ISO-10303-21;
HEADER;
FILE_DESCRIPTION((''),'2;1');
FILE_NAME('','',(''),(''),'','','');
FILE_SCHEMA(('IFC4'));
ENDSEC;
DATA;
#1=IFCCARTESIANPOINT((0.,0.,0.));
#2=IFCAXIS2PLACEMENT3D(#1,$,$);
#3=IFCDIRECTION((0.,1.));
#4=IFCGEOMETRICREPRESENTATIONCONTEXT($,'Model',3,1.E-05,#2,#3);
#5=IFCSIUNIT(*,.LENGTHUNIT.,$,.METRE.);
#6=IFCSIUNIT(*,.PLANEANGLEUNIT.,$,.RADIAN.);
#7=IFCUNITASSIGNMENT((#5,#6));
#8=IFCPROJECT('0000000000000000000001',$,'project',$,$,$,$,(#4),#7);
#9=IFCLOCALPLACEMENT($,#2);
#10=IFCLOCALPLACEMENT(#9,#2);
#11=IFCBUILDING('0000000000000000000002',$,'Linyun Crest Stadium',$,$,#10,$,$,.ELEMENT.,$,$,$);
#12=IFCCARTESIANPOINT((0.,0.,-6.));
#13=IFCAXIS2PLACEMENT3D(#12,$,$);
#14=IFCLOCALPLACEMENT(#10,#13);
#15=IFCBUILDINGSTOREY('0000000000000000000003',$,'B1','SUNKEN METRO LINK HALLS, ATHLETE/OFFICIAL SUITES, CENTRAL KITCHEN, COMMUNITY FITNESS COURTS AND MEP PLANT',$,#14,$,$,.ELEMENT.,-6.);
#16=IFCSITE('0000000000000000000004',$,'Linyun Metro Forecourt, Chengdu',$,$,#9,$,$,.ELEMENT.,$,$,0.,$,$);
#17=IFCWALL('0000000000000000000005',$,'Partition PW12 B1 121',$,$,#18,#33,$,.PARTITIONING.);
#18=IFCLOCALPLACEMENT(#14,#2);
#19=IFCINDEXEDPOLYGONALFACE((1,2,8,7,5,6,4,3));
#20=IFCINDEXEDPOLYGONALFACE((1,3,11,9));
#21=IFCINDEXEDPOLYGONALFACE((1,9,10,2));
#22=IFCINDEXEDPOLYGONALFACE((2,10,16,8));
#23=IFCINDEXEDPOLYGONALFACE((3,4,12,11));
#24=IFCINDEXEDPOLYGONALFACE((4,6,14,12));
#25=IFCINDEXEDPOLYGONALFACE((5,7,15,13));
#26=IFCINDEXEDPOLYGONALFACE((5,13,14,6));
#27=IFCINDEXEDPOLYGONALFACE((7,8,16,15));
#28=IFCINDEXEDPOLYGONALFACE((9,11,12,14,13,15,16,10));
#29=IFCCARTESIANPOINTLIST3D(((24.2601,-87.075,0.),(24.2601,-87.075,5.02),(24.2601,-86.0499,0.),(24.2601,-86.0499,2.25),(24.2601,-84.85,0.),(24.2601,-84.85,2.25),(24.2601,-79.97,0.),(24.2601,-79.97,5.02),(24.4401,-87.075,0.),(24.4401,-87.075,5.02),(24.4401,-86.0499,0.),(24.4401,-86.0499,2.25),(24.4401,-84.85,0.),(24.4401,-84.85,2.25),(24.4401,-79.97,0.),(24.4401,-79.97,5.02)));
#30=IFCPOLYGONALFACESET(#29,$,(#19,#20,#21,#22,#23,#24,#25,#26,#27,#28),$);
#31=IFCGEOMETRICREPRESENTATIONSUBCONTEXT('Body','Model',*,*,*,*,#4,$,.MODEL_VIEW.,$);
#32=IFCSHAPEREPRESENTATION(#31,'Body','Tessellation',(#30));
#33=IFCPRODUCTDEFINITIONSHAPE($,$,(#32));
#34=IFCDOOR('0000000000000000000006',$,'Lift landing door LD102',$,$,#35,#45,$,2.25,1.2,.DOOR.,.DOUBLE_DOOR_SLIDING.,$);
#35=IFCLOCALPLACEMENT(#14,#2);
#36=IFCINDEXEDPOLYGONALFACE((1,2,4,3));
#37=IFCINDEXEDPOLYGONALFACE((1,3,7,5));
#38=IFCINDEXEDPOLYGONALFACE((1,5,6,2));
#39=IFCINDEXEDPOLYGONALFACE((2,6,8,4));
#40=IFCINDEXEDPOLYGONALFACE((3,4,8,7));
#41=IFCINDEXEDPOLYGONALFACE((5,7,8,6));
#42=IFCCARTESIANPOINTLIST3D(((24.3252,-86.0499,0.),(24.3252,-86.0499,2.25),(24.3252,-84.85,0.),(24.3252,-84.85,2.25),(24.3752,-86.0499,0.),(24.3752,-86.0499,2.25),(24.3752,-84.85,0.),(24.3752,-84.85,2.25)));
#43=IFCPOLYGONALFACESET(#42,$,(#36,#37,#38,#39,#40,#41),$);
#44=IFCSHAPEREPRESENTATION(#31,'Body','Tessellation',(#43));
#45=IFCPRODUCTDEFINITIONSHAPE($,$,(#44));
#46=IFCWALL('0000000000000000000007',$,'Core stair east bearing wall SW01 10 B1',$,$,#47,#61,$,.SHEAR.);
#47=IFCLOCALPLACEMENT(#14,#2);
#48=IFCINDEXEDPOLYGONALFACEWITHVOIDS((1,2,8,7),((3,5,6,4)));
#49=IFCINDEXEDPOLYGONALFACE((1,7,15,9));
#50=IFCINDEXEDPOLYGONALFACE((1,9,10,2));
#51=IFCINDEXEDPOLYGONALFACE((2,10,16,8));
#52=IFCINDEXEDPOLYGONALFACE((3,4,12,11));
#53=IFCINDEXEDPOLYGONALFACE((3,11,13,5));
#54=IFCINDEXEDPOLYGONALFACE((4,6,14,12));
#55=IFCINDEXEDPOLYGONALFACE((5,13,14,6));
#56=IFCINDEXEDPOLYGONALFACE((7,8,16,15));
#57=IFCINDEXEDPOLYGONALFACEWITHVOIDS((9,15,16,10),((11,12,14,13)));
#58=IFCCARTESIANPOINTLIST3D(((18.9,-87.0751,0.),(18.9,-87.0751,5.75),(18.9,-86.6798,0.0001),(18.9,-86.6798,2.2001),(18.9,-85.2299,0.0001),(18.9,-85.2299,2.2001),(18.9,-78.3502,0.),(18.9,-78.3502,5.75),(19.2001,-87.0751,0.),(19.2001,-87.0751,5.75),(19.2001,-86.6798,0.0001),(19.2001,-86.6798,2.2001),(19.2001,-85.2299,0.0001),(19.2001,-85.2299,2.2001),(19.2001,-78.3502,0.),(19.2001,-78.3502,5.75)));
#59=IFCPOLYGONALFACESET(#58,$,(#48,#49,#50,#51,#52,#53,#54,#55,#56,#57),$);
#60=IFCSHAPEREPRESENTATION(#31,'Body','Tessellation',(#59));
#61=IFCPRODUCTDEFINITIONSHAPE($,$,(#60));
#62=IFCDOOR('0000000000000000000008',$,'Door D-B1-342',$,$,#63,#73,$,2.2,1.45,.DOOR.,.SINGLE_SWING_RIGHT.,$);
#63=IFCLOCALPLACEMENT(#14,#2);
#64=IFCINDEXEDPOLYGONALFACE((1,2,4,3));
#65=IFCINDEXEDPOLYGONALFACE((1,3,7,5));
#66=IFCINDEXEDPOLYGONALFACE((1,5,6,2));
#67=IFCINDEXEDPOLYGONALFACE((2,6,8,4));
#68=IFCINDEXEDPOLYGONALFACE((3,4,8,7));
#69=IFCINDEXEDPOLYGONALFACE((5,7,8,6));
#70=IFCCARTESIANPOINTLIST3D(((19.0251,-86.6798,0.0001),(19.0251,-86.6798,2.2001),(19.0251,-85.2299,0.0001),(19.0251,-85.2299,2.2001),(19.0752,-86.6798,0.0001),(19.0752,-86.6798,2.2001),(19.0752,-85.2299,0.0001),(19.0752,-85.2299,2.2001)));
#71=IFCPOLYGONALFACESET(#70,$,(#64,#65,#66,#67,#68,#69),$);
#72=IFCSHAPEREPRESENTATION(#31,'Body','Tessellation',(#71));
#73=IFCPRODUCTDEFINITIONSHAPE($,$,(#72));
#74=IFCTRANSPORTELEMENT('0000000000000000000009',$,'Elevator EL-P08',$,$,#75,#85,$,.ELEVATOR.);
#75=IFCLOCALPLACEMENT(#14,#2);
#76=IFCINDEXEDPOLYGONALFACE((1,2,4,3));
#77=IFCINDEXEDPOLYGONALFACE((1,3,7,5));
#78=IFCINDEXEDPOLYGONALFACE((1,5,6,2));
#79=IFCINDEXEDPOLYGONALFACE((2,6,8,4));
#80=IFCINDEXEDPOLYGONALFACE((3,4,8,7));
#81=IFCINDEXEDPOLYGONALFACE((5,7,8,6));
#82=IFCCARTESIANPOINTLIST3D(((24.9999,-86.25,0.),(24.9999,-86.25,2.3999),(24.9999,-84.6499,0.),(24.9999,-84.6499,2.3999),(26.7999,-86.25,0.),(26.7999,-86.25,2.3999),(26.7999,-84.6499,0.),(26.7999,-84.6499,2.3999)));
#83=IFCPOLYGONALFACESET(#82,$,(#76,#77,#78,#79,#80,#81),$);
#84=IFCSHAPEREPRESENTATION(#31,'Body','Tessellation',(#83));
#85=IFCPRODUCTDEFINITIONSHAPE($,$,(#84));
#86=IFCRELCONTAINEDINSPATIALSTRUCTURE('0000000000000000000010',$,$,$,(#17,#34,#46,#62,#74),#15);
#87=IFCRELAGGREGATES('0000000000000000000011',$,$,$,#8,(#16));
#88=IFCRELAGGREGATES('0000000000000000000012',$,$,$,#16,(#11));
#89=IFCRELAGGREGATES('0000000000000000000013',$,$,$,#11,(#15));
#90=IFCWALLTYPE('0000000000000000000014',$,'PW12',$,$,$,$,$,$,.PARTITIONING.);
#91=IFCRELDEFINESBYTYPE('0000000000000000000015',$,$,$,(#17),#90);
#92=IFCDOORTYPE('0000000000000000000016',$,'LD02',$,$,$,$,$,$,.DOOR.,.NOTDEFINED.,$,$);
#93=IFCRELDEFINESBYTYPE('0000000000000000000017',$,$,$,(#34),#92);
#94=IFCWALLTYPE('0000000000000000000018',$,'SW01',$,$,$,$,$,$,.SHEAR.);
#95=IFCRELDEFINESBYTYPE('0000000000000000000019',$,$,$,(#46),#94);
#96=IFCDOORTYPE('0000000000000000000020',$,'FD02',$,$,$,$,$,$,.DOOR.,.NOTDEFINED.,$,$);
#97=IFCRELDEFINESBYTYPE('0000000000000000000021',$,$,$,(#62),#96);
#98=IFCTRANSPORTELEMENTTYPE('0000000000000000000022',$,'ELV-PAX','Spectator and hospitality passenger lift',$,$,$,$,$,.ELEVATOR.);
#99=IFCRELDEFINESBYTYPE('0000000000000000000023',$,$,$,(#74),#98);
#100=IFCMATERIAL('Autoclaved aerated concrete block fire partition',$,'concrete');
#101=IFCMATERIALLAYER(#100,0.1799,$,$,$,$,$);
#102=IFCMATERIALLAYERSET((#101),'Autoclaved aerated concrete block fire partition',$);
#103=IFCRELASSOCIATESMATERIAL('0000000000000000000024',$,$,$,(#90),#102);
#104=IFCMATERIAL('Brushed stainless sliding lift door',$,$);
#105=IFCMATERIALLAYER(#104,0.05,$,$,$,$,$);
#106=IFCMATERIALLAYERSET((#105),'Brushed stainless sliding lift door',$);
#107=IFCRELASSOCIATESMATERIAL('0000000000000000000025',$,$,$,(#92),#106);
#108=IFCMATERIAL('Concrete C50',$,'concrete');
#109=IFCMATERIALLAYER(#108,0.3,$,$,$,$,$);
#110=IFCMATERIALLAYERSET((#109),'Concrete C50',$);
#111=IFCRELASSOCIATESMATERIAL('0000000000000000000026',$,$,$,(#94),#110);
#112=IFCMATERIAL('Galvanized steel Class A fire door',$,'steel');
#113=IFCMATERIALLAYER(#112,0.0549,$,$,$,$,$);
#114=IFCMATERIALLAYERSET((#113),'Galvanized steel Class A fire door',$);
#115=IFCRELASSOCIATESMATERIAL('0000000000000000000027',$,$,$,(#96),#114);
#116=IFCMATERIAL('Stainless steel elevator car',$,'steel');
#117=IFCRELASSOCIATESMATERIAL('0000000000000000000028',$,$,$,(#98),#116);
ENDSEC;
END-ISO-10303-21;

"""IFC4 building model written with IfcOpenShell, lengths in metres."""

from ifc_helpers import new_model, si_unit, direction, frame, frame_2d, origin, origin_2d, place, context, subcontext, project, spatial, rectangle, extrude, material, layer, layer_set, type_object, element, fill, save


model = new_model("IFC4")

# Units and contexts
model_context = context("Model", 3, precision=1e-05, world=origin(), true_north=direction((0.0, 1.0)))
body_context = subcontext(model_context, "Body", "Model", "MODEL_VIEW")
ifc_project = project(units=[si_unit("LENGTHUNIT", "METRE"), si_unit("PLANEANGLEUNIT", "RADIAN")], contexts=[model_context])

# Site, building, storey
site_placement = place(None, origin())
site = spatial("IfcSite", under=ifc_project, at=site_placement, Name="Linyun Metro Forecourt, Chengdu", CompositionType="ELEMENT", RefElevation=0.0)
building_placement = place(site_placement, origin())
building = spatial("IfcBuilding", under=site, at=building_placement, Name="Linyun Crest Stadium", CompositionType="ELEMENT")
storey_placement = place(building_placement, frame((0.0, 0.0, -6.0)))
storey = spatial("IfcBuildingStorey", under=building, at=storey_placement, Name="B1", Description="SUNKEN METRO LINK HALLS, ATHLETE/OFFICIAL SUITES, CENTRAL KITCHEN, COMMUNITY FITNESS COURTS AND MEP PLANT", CompositionType="ELEMENT", Elevation=-6.0)

# Walls, openings, doors
ifc_material_1 = material(Name="Autoclaved aerated concrete block fire partition", Category="concrete")
ifc_layer_1 = layer(ifc_material_1, 0.1799)
ifc_layer_set_1 = layer_set([ifc_layer_1], Name="Autoclaved aerated concrete block fire partition")
wall_type_1 = type_object("IfcWallType", Name="PW12", PredefinedType="PARTITIONING", material=ifc_layer_set_1)
wall_1_placement = place(storey_placement, frame((24.3501, -87.075, 0.0), z_axis=(0.0, 0.0, 1.0), x_axis=(0.0, 1.0, 0.0)))
wall_1 = element("IfcWall", 1, at=wall_1_placement, inside=storey, type_object=wall_type_1, Name="Partition PW12 B1 121", PredefinedType="PARTITIONING", context=body_context, shape_type="SweptSolid", body=[
    extrude(rectangle(XDim=7.105, YDim=0.1799, at=frame_2d((3.5525, 0.0))), origin(), (0.0, 0.0, 1.0), 5.02),
])
opening_1_placement = place(wall_1_placement, frame((1.0249, 0.0, 0.0)))
opening_1 = element("IfcOpeningElement", 2, at=opening_1_placement, cuts=wall_1, PredefinedType="OPENING", context=body_context, shape_type="SweptSolid", body=[
    extrude(rectangle(XDim=1.2, YDim=2.25, at=frame_2d((0.6001, 1.125))), frame((0.0, 0.0999, 0.0), z_axis=(0.0, -1.0, 0.0), x_axis=(1.0, 0.0, 0.0)), (0.0, 0.0, 1.0), 0.2),
])
ifc_material_2 = material(Name="Brushed stainless sliding lift door")
ifc_layer_2 = layer(ifc_material_2, 0.05)
ifc_layer_set_2 = layer_set([ifc_layer_2], Name="Brushed stainless sliding lift door")
door_type_1 = type_object("IfcDoorType", Name="LD02", OperationType="NOTDEFINED", PredefinedType="DOOR", material=ifc_layer_set_2)
door_1_placement = place(opening_1_placement, origin())
door_1 = element("IfcDoor", 3, at=door_1_placement, inside=storey, type_object=door_type_1, Name="Lift landing door LD102", OperationType="DOUBLE_DOOR_SLIDING", OverallHeight=2.25, OverallWidth=1.2, PredefinedType="DOOR", context=body_context, shape_type="SweptSolid", body=[
    extrude(rectangle(XDim=1.2, YDim=2.25, at=frame_2d((0.6001, 1.125))), frame((0.0, 0.0249, 0.0), z_axis=(0.0, -1.0, 0.0), x_axis=(1.0, 0.0, 0.0)), (0.0, 0.0, 1.0), 0.05),
])
fill(opening_1, door_1)
ifc_material_3 = material(Name="Concrete C50", Category="concrete")
ifc_layer_3 = layer(ifc_material_3, 0.3)
ifc_layer_set_3 = layer_set([ifc_layer_3], Name="Concrete C50")
wall_type_2 = type_object("IfcWallType", Name="SW01", PredefinedType="SHEAR", material=ifc_layer_set_3)
wall_2_placement = place(storey_placement, frame((19.05, -87.075, 0.0), z_axis=(0.0, 0.0, 1.0), x_axis=(0.0, 1.0, 0.0)))
wall_2 = element("IfcWall", 4, at=wall_2_placement, inside=storey, type_object=wall_type_2, Name="Core stair east bearing wall SW01 10 B1", PredefinedType="SHEAR", context=body_context, shape_type="SweptSolid", body=[
    extrude(rectangle(XDim=8.7249, YDim=0.3, at=frame_2d((4.3623, 0.0))), origin(), (0.0, 0.0, 1.0), 5.75),
])
opening_2_placement = place(wall_2_placement, frame((0.395, 0.0, 0.0)))
opening_2 = element("IfcOpeningElement", 5, at=opening_2_placement, cuts=wall_2, PredefinedType="OPENING", context=body_context, shape_type="SweptSolid", body=[
    extrude(rectangle(XDim=1.45, YDim=2.2, at=frame_2d((0.7251, 1.1001))), frame((0.0, 0.1599, 0.0), z_axis=(0.0, -1.0, 0.0), x_axis=(1.0, 0.0, 0.0)), (0.0, 0.0, 1.0), 0.3201),
])
ifc_material_4 = material(Name="Galvanized steel Class A fire door", Category="steel")
ifc_layer_4 = layer(ifc_material_4, 0.0549)
ifc_layer_set_4 = layer_set([ifc_layer_4], Name="Galvanized steel Class A fire door")
door_type_2 = type_object("IfcDoorType", Name="FD02", OperationType="NOTDEFINED", PredefinedType="DOOR", material=ifc_layer_set_4)
door_2_placement = place(opening_2_placement, origin())
door_2 = element("IfcDoor", 6, at=door_2_placement, inside=storey, type_object=door_type_2, Name="Door D-B1-342", OperationType="SINGLE_SWING_RIGHT", OverallHeight=2.2, OverallWidth=1.45, PredefinedType="DOOR", context=body_context, shape_type="SweptSolid", body=[
    extrude(rectangle(XDim=1.45, YDim=2.2, at=frame_2d((0.7251, 1.1001))), frame((0.0, 0.0249, 0.0), z_axis=(0.0, -1.0, 0.0), x_axis=(1.0, 0.0, 0.0)), (0.0, 0.0, 1.0), 0.05),
])
fill(opening_2, door_2)

# Transport element
ifc_material_5 = material(Name="Stainless steel elevator car", Category="steel")
transport_element_type = type_object("IfcTransportElementType", Name="ELV-PAX", Description="Spectator and hospitality passenger lift", PredefinedType="ELEVATOR", material=ifc_material_5)
transport_element_placement = place(storey_placement, frame((25.8999, -85.45, 0.0), z_axis=(0.0, 0.0, 1.0), x_axis=(1.0, 0.0, 0.0)))
element("IfcTransportElement", 7, at=transport_element_placement, inside=storey, type_object=transport_element_type, Name="Elevator EL-P08", PredefinedType="ELEVATOR", context=body_context, shape_type="SweptSolid", body=[
    extrude(rectangle(XDim=1.8, YDim=1.6001, at=origin_2d()), origin(), (0.0, 0.0, 1.0), 2.3999),
])

save(model, "model.ifc")
